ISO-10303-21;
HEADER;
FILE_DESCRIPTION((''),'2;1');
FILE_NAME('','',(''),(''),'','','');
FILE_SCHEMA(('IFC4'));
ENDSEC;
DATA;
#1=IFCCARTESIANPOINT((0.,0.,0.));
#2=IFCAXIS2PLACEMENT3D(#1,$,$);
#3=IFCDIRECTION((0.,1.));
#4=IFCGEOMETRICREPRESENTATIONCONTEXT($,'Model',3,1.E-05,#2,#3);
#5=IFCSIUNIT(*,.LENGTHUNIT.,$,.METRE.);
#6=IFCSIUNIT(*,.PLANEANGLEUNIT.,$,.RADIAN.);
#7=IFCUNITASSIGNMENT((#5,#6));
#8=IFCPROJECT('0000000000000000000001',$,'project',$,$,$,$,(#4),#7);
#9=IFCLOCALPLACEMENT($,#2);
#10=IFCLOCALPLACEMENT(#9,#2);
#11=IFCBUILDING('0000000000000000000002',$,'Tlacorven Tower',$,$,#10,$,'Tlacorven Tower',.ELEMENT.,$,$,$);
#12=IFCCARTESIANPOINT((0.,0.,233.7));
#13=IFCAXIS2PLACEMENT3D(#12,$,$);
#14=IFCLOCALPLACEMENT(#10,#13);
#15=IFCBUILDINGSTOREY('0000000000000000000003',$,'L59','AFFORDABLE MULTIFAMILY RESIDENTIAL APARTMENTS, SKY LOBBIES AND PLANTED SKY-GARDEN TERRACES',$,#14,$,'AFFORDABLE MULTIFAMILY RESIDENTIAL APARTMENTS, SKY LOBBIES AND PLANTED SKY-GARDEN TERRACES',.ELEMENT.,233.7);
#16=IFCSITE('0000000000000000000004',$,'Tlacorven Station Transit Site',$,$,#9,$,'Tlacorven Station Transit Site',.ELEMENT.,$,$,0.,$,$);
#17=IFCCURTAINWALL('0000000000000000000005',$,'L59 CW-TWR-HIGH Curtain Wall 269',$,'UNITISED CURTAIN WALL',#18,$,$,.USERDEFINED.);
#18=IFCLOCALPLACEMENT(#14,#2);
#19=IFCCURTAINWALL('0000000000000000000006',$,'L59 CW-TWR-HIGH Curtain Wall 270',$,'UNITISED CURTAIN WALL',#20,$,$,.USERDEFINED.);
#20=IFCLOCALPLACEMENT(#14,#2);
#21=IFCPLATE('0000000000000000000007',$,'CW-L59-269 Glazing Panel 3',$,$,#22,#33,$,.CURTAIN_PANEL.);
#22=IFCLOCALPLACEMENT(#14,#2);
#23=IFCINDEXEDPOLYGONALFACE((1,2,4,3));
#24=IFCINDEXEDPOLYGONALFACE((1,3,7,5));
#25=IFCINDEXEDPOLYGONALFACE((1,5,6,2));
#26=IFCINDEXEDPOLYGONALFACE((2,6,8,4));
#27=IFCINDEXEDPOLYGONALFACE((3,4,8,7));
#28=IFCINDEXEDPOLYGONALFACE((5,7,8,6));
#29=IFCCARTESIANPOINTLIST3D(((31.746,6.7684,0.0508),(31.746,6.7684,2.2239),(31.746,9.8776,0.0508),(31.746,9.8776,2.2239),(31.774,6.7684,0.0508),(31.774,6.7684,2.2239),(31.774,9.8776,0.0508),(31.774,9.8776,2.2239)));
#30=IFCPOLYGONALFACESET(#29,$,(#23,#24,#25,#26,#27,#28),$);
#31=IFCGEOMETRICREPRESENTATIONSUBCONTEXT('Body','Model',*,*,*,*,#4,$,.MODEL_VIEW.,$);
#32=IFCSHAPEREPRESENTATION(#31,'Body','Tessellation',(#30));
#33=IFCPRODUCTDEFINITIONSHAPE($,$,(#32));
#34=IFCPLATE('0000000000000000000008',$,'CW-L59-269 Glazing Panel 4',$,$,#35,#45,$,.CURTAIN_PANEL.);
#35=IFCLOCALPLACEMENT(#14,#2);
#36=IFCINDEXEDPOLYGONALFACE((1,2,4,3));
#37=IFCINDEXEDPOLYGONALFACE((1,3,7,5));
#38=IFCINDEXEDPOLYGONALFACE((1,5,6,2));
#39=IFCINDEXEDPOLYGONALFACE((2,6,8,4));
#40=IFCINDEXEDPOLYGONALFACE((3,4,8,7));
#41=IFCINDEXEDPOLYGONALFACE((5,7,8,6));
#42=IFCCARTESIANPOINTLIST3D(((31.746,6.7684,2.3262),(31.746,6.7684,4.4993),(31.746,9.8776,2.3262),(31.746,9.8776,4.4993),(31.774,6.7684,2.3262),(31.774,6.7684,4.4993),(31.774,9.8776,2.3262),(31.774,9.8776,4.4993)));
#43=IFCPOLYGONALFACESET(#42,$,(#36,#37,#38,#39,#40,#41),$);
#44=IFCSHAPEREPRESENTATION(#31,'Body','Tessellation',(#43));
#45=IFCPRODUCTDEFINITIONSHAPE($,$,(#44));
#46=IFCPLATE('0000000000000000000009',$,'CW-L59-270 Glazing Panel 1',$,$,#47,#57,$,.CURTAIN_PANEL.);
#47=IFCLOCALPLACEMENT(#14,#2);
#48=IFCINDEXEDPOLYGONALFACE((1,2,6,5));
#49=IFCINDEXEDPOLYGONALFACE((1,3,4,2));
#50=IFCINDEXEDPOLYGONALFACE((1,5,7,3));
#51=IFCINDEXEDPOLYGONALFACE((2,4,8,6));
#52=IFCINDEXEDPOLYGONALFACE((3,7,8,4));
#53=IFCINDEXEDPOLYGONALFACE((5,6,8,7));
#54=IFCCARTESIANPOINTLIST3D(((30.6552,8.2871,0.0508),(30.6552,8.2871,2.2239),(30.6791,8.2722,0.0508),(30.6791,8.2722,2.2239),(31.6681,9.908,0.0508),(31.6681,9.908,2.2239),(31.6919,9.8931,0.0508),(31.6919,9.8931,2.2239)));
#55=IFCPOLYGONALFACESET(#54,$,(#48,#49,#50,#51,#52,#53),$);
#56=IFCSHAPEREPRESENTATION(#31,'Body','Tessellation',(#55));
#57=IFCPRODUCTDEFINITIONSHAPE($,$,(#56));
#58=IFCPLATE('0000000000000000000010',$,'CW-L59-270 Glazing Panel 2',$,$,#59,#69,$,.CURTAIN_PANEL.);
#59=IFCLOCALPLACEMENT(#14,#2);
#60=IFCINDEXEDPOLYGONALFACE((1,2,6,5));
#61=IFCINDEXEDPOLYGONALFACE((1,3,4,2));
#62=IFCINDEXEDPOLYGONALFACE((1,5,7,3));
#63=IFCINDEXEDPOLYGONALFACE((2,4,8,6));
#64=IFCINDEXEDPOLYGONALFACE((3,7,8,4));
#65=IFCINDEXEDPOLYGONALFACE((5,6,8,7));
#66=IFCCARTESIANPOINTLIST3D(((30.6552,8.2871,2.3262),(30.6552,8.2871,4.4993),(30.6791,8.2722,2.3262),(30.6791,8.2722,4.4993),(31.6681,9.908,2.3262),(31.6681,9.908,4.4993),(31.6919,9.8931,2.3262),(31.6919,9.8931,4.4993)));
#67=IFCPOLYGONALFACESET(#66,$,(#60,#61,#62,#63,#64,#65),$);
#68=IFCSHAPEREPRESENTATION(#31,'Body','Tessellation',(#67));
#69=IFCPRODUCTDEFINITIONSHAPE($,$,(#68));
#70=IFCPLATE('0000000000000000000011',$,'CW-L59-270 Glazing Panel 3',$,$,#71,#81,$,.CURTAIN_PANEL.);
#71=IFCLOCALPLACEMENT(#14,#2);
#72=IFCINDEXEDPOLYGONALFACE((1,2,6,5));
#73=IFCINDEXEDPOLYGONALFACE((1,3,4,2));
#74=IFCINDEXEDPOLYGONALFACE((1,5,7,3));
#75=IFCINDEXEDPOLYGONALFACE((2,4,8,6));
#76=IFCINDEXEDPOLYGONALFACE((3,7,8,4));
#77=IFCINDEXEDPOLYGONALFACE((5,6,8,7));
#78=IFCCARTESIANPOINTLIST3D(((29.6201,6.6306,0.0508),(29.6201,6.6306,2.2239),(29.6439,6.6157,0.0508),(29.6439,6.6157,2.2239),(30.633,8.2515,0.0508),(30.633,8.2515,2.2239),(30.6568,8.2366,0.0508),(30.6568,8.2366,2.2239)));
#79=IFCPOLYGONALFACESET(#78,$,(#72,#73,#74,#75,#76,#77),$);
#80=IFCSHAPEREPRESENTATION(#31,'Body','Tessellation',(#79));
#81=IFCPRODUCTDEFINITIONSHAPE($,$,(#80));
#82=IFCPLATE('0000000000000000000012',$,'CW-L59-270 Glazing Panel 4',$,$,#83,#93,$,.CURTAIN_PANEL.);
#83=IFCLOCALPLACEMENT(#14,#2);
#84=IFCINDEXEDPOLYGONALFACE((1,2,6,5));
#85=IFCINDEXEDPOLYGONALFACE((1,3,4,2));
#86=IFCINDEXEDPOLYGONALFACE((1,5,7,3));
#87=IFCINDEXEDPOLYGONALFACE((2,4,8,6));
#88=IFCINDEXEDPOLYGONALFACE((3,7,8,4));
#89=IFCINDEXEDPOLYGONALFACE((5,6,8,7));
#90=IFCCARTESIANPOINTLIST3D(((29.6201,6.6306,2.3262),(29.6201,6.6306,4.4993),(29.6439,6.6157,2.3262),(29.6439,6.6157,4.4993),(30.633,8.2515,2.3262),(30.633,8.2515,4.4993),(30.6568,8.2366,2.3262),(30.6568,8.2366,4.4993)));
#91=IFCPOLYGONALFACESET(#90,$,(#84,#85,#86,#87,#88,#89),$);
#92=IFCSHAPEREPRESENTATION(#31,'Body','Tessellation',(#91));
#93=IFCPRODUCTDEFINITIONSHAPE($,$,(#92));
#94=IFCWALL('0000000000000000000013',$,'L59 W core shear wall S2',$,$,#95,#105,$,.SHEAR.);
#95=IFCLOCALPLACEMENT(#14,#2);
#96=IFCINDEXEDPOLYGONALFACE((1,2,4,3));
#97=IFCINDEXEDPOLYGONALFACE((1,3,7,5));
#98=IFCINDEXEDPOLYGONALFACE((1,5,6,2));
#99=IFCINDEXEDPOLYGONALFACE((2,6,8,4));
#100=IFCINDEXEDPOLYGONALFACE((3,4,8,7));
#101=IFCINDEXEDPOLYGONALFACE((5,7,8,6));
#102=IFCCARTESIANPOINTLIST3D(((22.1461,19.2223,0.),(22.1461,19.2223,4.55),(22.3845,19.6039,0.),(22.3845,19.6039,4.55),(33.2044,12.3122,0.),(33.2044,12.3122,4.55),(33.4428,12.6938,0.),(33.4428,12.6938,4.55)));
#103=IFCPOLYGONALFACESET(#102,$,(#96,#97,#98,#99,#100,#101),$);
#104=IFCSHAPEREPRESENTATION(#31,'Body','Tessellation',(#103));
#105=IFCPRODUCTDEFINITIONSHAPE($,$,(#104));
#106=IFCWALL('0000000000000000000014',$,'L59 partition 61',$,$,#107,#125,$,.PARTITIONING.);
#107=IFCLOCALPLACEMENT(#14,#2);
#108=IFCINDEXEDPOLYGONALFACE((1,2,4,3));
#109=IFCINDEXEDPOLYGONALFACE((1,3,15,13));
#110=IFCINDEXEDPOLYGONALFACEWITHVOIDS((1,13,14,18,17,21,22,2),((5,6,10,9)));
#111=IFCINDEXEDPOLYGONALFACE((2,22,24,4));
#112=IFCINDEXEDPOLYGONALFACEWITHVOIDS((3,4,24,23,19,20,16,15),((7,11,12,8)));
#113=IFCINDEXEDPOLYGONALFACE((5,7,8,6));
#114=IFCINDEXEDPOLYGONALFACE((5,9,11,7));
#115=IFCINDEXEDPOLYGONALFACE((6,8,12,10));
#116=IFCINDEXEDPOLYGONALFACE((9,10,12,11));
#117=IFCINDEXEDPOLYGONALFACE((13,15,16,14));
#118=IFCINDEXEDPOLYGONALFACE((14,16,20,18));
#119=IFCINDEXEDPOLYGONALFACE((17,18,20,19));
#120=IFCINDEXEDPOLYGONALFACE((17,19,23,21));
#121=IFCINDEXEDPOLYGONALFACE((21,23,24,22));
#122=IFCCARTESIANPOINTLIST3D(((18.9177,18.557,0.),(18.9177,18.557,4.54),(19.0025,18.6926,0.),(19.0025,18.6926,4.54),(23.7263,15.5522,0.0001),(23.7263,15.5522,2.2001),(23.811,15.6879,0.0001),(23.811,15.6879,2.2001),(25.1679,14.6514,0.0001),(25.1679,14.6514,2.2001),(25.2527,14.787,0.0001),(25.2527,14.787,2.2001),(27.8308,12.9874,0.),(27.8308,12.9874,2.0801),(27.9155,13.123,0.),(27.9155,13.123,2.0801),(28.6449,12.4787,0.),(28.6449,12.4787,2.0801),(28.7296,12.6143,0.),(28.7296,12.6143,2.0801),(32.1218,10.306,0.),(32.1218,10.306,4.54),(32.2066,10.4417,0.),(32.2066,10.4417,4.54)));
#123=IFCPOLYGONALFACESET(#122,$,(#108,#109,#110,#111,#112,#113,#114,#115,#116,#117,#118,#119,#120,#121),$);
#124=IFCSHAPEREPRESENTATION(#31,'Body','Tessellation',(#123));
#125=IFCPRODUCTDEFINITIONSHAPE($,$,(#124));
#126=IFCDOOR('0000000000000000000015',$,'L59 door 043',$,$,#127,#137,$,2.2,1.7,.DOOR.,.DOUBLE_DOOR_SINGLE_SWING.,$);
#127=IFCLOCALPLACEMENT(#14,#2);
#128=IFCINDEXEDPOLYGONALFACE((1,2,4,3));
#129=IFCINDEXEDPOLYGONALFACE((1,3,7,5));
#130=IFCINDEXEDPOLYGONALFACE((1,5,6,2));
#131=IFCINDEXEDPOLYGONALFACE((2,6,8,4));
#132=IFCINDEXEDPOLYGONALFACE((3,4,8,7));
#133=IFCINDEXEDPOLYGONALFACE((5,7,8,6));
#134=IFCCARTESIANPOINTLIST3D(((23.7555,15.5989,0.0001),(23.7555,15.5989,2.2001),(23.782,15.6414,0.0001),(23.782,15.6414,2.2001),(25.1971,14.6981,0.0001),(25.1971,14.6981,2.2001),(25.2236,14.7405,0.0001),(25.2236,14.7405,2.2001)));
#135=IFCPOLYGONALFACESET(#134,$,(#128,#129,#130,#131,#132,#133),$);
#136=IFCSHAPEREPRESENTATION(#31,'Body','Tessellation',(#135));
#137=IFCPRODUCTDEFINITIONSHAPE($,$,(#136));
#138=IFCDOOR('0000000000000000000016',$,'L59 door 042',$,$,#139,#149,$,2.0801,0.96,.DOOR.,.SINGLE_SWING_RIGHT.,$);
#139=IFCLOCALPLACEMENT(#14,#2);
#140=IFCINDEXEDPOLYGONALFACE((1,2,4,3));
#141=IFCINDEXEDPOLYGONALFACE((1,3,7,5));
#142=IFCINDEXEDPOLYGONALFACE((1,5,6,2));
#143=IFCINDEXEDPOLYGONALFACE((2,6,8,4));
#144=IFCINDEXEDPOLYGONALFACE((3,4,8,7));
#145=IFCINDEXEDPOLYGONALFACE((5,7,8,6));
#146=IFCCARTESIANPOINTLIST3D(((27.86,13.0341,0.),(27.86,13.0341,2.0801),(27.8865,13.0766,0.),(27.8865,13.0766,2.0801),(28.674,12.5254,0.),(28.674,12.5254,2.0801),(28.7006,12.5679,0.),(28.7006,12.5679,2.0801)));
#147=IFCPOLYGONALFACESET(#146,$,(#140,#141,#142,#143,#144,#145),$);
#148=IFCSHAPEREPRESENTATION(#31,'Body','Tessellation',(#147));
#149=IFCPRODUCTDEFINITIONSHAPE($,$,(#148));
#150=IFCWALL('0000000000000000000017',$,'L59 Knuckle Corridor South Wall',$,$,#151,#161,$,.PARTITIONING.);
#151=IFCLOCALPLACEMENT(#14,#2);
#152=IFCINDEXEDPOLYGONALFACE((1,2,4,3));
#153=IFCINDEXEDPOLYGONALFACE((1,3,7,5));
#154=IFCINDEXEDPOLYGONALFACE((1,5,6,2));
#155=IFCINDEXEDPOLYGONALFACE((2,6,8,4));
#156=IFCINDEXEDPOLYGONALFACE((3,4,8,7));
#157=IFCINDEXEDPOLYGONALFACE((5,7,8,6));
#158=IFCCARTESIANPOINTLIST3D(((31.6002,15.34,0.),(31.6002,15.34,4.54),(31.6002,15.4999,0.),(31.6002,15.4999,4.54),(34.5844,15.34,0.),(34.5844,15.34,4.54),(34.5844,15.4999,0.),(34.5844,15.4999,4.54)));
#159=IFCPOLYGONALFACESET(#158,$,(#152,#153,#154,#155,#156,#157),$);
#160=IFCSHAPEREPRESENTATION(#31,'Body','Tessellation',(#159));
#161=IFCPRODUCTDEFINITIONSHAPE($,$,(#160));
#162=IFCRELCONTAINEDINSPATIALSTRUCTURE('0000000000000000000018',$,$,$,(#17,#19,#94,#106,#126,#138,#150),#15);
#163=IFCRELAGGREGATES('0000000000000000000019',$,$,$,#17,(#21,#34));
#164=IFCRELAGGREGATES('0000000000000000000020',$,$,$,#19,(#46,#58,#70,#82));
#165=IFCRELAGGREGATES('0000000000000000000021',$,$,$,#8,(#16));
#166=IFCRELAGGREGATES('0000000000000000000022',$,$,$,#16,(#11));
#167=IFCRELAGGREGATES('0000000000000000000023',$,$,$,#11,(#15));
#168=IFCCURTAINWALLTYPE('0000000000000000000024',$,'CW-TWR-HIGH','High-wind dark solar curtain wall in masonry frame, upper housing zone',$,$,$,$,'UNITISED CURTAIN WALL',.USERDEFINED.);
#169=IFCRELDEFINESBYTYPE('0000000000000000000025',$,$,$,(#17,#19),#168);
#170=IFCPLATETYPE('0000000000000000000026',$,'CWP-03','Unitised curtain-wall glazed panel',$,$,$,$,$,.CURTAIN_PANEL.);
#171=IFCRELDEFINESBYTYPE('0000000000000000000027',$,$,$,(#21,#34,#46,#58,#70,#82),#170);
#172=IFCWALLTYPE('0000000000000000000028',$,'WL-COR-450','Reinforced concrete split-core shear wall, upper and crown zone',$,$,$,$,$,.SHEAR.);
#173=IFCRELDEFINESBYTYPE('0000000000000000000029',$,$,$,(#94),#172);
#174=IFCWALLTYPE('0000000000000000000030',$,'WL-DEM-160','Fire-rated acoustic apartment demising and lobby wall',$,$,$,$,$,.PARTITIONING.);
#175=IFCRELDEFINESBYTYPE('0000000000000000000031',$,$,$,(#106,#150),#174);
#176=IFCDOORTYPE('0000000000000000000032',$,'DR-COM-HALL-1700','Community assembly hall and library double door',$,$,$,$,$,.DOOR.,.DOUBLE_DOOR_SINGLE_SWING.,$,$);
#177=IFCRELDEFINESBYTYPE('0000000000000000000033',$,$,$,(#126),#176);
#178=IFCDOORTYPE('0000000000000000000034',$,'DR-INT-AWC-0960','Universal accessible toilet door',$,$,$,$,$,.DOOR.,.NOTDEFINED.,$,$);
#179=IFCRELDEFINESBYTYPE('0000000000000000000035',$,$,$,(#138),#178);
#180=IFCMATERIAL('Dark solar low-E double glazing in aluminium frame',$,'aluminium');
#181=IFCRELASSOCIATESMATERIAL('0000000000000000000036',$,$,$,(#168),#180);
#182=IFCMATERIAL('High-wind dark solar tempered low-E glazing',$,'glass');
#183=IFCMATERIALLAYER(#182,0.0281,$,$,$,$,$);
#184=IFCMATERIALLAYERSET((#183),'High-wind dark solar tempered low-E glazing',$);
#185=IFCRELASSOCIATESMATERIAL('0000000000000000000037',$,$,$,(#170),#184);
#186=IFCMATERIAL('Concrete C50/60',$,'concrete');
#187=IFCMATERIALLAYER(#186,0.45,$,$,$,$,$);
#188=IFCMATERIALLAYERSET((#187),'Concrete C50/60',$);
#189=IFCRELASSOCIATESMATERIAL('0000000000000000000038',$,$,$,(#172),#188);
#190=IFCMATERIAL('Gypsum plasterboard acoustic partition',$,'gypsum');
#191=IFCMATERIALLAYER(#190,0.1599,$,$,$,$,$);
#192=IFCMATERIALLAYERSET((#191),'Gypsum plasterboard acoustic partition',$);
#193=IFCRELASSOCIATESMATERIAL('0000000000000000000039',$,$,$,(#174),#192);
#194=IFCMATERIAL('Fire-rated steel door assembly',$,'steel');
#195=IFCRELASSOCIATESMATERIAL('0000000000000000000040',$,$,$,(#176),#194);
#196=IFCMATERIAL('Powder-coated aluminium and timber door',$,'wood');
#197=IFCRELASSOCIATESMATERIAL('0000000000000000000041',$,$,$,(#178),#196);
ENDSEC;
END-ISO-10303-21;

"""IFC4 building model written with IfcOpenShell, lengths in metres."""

from ifc_helpers import new_model, si_unit, direction, frame, frame_2d, origin, origin_2d, place, context, subcontext, project, spatial, rectangle, extrude, source, transform, mapped, material, layer, layer_set, type_object, element, fill, aggregate, save


model = new_model("IFC4")

# Units and contexts
model_context = context("Model", 3, precision=1e-05, world=origin(), true_north=direction((0.0, 1.0)))
body_context = subcontext(model_context, "Body", "Model", "MODEL_VIEW")
ifc_project = project(units=[si_unit("LENGTHUNIT", "METRE"), si_unit("PLANEANGLEUNIT", "RADIAN")], contexts=[model_context])

# Site, building, storey
site_placement = place(None, origin())
site = spatial("IfcSite", under=ifc_project, at=site_placement, Name="Tlacorven Station Transit Site", LongName="Tlacorven Station Transit Site", CompositionType="ELEMENT", RefElevation=0.0)
building_placement = place(site_placement, origin())
building = spatial("IfcBuilding", under=site, at=building_placement, Name="Tlacorven Tower", LongName="Tlacorven Tower", CompositionType="ELEMENT")
storey_placement = place(building_placement, frame((0.0, 0.0, 233.7)))
storey = spatial("IfcBuildingStorey", under=building, at=storey_placement, Name="L59", Description="AFFORDABLE MULTIFAMILY RESIDENTIAL APARTMENTS, SKY LOBBIES AND PLANTED SKY-GARDEN TERRACES", LongName="AFFORDABLE MULTIFAMILY RESIDENTIAL APARTMENTS, SKY LOBBIES AND PLANTED SKY-GARDEN TERRACES", CompositionType="ELEMENT", Elevation=233.7)

# Curtain wall
ifc_material_1 = material(Name="Dark solar low-E double glazing in aluminium frame", Category="aluminium")
curtain_wall_type = type_object("IfcCurtainWallType", Name="CW-TWR-HIGH", Description="High-wind dark solar curtain wall in masonry frame, upper housing zone", ElementType="UNITISED CURTAIN WALL", PredefinedType="USERDEFINED", material=ifc_material_1)
curtain_wall_1_placement = place(storey_placement, origin())
curtain_wall_1 = element("IfcCurtainWall", 1, at=curtain_wall_1_placement, inside=storey, type_object=curtain_wall_type, Name="L59 CW-TWR-HIGH Curtain Wall 269", ObjectType="UNITISED CURTAIN WALL", PredefinedType="USERDEFINED")

# Curtain wall
curtain_wall_2_placement = place(storey_placement, origin())
curtain_wall_2 = element("IfcCurtainWall", 2, at=curtain_wall_2_placement, inside=storey, type_object=curtain_wall_type, Name="L59 CW-TWR-HIGH Curtain Wall 270", ObjectType="UNITISED CURTAIN WALL", PredefinedType="USERDEFINED")

# Plates
ifc_material_2 = material(Name="High-wind dark solar tempered low-E glazing", Category="glass")
ifc_layer_1 = layer(ifc_material_2, 0.0281)
ifc_layer_set_1 = layer_set([ifc_layer_1], Name="High-wind dark solar tempered low-E glazing")
plate_type = type_object("IfcPlateType", Name="CWP-03", Description="Unitised curtain-wall glazed panel", PredefinedType="CURTAIN_PANEL", material=ifc_layer_set_1)
shared_shape_1 = source(origin(), body_context, "Body", "SweptSolid", [
    extrude(rectangle(XDim=3.1091, YDim=0.0281, at=origin_2d()), origin(), (0.0, 0.0, 1.0), 2.1731),
])
plate_1_placement = place(storey_placement, frame((31.76, 8.323, 0.0508), z_axis=(0.0, 0.0, 1.0), x_axis=(0.0, 1.0, 0.0)))
plate_1 = element("IfcPlate", 3, at=plate_1_placement, type_object=plate_type, Name="CW-L59-269 Glazing Panel 3", PredefinedType="CURTAIN_PANEL", context=body_context, shape_type="MappedRepresentation", body=[
    mapped(shared_shape_1, transform((0.0, 0.0, 0.0), scale=1.0)),
])
plate_2_placement = place(storey_placement, frame((31.76, 8.323, 2.3262), z_axis=(0.0, 0.0, 1.0), x_axis=(0.0, 1.0, 0.0)))
plate_2 = element("IfcPlate", 4, at=plate_2_placement, type_object=plate_type, Name="CW-L59-269 Glazing Panel 4", PredefinedType="CURTAIN_PANEL", context=body_context, shape_type="MappedRepresentation", body=[
    mapped(shared_shape_1, transform((0.0, 0.0, 0.0), scale=1.0)),
])
aggregate(curtain_wall_1, [plate_1, plate_2])
shared_shape_2 = source(origin(), body_context, "Body", "SweptSolid", [
    extrude(rectangle(XDim=1.9114, YDim=0.0281, at=origin_2d()), origin(), (0.0, 0.0, 1.0), 2.1731),
])
plate_3_placement = place(storey_placement, frame((31.1736, 9.0901, 0.0508), z_axis=(0.0, 0.0, 1.0), x_axis=(-0.529919, -0.848048, 0.0)))
plate_3 = element("IfcPlate", 5, at=plate_3_placement, type_object=plate_type, Name="CW-L59-270 Glazing Panel 1", PredefinedType="CURTAIN_PANEL", context=body_context, shape_type="MappedRepresentation", body=[
    mapped(shared_shape_2, transform((0.0, 0.0, 0.0), scale=1.0)),
])
plate_4_placement = place(storey_placement, frame((31.1736, 9.0901, 2.3262), z_axis=(0.0, 0.0, 1.0), x_axis=(-0.529919, -0.848048, 0.0)))
plate_4 = element("IfcPlate", 6, at=plate_4_placement, type_object=plate_type, Name="CW-L59-270 Glazing Panel 2", PredefinedType="CURTAIN_PANEL", context=body_context, shape_type="MappedRepresentation", body=[
    mapped(shared_shape_2, transform((0.0, 0.0, 0.0), scale=1.0)),
])
plate_5_placement = place(storey_placement, frame((30.1384, 7.4336, 0.0508), z_axis=(0.0, 0.0, 1.0), x_axis=(-0.529919, -0.848048, 0.0)))
plate_5 = element("IfcPlate", 7, at=plate_5_placement, type_object=plate_type, Name="CW-L59-270 Glazing Panel 3", PredefinedType="CURTAIN_PANEL", context=body_context, shape_type="MappedRepresentation", body=[
    mapped(shared_shape_2, transform((0.0, 0.0, 0.0), scale=1.0)),
])
plate_6_placement = place(storey_placement, frame((30.1384, 7.4336, 2.3262), z_axis=(0.0, 0.0, 1.0), x_axis=(-0.529919, -0.848048, 0.0)))
plate_6 = element("IfcPlate", 8, at=plate_6_placement, type_object=plate_type, Name="CW-L59-270 Glazing Panel 4", PredefinedType="CURTAIN_PANEL", context=body_context, shape_type="MappedRepresentation", body=[
    mapped(shared_shape_2, transform((0.0, 0.0, 0.0), scale=1.0)),
])
aggregate(curtain_wall_2, [plate_3, plate_4, plate_5, plate_6])

# Wall
ifc_material_3 = material(Name="Concrete C50/60", Category="concrete")
ifc_layer_2 = layer(ifc_material_3, 0.45)
ifc_layer_set_2 = layer_set([ifc_layer_2], Name="Concrete C50/60")
wall_type_1 = type_object("IfcWallType", Name="WL-COR-450", Description="Reinforced concrete split-core shear wall, upper and crown zone", PredefinedType="SHEAR", material=ifc_layer_set_2)
wall_1_placement = place(storey_placement, frame((33.3237, 12.5029, 0.0), z_axis=(0.0, 0.0, 1.0), x_axis=(-0.848044, 0.529927, 0.0)))
element("IfcWall", 9, at=wall_1_placement, inside=storey, type_object=wall_type_1, Name="L59 W core shear wall S2", PredefinedType="SHEAR", context=body_context, shape_type="SweptSolid", body=[
    extrude(rectangle(XDim=13.0398, YDim=0.45, at=frame_2d((6.52, 0.0))), origin(), (0.0, 0.0, 1.0), 4.55),
])

# Wall, openings, doors
ifc_material_4 = material(Name="Gypsum plasterboard acoustic partition", Category="gypsum")
ifc_layer_3 = layer(ifc_material_4, 0.1599)
ifc_layer_set_3 = layer_set([ifc_layer_3], Name="Gypsum plasterboard acoustic partition")
wall_type_2 = type_object("IfcWallType", Name="WL-DEM-160", Description="Fire-rated acoustic apartment demising and lobby wall", PredefinedType="PARTITIONING", material=ifc_layer_set_3)
wall_2_placement = place(storey_placement, frame((32.1643, 10.3738, 0.0), z_axis=(0.0, 0.0, 1.0), x_axis=(-0.848044, 0.529926, 0.0)))
wall_2 = element("IfcWall", 10, at=wall_2_placement, inside=storey, type_object=wall_type_2, Name="L59 partition 61", PredefinedType="PARTITIONING", context=body_context, shape_type="SweptSolid", body=[
    extrude(rectangle(XDim=15.5701, YDim=0.1599, at=frame_2d((7.7852, 0.0))), origin(), (0.0, 0.0, 1.0), 4.54),
])
opening_1_placement = place(wall_2_placement, frame((4.1001, 0.0, 0.0)))
opening_1 = element("IfcOpeningElement", 11, at=opening_1_placement, cuts=wall_2, PredefinedType="OPENING", context=body_context, shape_type="SweptSolid", body=[
    extrude(rectangle(XDim=0.96, YDim=2.0801, at=frame_2d((0.48, 1.04))), frame((0.0, 0.0898, 0.0), z_axis=(0.0, -1.0, 0.0), x_axis=(1.0, 0.0, 0.0)), (0.0, 0.0, 1.0), 0.1799),
])
opening_2_placement = place(wall_2_placement, frame((8.2, 0.0, 0.0)))
opening_2 = element("IfcOpeningElement", 12, at=opening_2_placement, cuts=wall_2, PredefinedType="OPENING", context=body_context, shape_type="SweptSolid", body=[
    extrude(rectangle(XDim=1.7, YDim=2.2, at=frame_2d((0.8501, 1.1001))), frame((0.0, 0.0898, 0.0), z_axis=(0.0, -1.0, 0.0), x_axis=(1.0, 0.0, 0.0)), (0.0, 0.0, 1.0), 0.1799),
])
ifc_material_5 = material(Name="Fire-rated steel door assembly", Category="steel")
door_type_1 = type_object("IfcDoorType", Name="DR-COM-HALL-1700", Description="Community assembly hall and library double door", OperationType="DOUBLE_DOOR_SINGLE_SWING", PredefinedType="DOOR", material=ifc_material_5)
shared_shape_3 = source(origin(), body_context, "Body", "SweptSolid", [
    extrude(rectangle(XDim=1.7, YDim=2.2, at=frame_2d((0.8501, 1.1001))), frame((0.0, 0.0249, 0.0), z_axis=(0.0, -1.0, 0.0), x_axis=(1.0, 0.0, 0.0)), (0.0, 0.0, 1.0), 0.05),
])
door_1_placement = place(opening_2_placement, origin())
door_1 = element("IfcDoor", 13, at=door_1_placement, inside=storey, type_object=door_type_1, Name="L59 door 043", OperationType="DOUBLE_DOOR_SINGLE_SWING", OverallHeight=2.2, OverallWidth=1.7, PredefinedType="DOOR", context=body_context, shape_type="MappedRepresentation", body=[
    mapped(shared_shape_3, transform((0.0, 0.0, 0.0), scale=1.0)),
])
fill(opening_2, door_1)
ifc_material_6 = material(Name="Powder-coated aluminium and timber door", Category="wood")
door_type_2 = type_object("IfcDoorType", Name="DR-INT-AWC-0960", Description="Universal accessible toilet door", OperationType="NOTDEFINED", PredefinedType="DOOR", material=ifc_material_6)
shared_shape_4 = source(origin(), body_context, "Body", "SweptSolid", [
    extrude(rectangle(XDim=0.96, YDim=2.0801, at=frame_2d((0.48, 1.04))), frame((0.0, 0.0249, 0.0), z_axis=(0.0, -1.0, 0.0), x_axis=(1.0, 0.0, 0.0)), (0.0, 0.0, 1.0), 0.05),
])
door_2_placement = place(opening_1_placement, origin())
door_2 = element("IfcDoor", 14, at=door_2_placement, inside=storey, type_object=door_type_2, Name="L59 door 042", OperationType="SINGLE_SWING_RIGHT", OverallHeight=2.0801, OverallWidth=0.96, PredefinedType="DOOR", context=body_context, shape_type="MappedRepresentation", body=[
    mapped(shared_shape_4, transform((0.0, 0.0, 0.0), scale=1.0)),
])
fill(opening_1, door_2)

# Wall
wall_3_placement = place(storey_placement, frame((31.6001, 15.4199, 0.0), z_axis=(0.0, 0.0, 1.0), x_axis=(1.0, 0.0, 0.0)))
element("IfcWall", 15, at=wall_3_placement, inside=storey, type_object=wall_type_2, Name="L59 Knuckle Corridor South Wall", PredefinedType="PARTITIONING", context=body_context, shape_type="SweptSolid", body=[
    extrude(rectangle(XDim=2.9841, YDim=0.1599, at=frame_2d((1.4922, 0.0))), origin(), (0.0, 0.0, 1.0), 4.54),
])

save(model, "model.ifc")
